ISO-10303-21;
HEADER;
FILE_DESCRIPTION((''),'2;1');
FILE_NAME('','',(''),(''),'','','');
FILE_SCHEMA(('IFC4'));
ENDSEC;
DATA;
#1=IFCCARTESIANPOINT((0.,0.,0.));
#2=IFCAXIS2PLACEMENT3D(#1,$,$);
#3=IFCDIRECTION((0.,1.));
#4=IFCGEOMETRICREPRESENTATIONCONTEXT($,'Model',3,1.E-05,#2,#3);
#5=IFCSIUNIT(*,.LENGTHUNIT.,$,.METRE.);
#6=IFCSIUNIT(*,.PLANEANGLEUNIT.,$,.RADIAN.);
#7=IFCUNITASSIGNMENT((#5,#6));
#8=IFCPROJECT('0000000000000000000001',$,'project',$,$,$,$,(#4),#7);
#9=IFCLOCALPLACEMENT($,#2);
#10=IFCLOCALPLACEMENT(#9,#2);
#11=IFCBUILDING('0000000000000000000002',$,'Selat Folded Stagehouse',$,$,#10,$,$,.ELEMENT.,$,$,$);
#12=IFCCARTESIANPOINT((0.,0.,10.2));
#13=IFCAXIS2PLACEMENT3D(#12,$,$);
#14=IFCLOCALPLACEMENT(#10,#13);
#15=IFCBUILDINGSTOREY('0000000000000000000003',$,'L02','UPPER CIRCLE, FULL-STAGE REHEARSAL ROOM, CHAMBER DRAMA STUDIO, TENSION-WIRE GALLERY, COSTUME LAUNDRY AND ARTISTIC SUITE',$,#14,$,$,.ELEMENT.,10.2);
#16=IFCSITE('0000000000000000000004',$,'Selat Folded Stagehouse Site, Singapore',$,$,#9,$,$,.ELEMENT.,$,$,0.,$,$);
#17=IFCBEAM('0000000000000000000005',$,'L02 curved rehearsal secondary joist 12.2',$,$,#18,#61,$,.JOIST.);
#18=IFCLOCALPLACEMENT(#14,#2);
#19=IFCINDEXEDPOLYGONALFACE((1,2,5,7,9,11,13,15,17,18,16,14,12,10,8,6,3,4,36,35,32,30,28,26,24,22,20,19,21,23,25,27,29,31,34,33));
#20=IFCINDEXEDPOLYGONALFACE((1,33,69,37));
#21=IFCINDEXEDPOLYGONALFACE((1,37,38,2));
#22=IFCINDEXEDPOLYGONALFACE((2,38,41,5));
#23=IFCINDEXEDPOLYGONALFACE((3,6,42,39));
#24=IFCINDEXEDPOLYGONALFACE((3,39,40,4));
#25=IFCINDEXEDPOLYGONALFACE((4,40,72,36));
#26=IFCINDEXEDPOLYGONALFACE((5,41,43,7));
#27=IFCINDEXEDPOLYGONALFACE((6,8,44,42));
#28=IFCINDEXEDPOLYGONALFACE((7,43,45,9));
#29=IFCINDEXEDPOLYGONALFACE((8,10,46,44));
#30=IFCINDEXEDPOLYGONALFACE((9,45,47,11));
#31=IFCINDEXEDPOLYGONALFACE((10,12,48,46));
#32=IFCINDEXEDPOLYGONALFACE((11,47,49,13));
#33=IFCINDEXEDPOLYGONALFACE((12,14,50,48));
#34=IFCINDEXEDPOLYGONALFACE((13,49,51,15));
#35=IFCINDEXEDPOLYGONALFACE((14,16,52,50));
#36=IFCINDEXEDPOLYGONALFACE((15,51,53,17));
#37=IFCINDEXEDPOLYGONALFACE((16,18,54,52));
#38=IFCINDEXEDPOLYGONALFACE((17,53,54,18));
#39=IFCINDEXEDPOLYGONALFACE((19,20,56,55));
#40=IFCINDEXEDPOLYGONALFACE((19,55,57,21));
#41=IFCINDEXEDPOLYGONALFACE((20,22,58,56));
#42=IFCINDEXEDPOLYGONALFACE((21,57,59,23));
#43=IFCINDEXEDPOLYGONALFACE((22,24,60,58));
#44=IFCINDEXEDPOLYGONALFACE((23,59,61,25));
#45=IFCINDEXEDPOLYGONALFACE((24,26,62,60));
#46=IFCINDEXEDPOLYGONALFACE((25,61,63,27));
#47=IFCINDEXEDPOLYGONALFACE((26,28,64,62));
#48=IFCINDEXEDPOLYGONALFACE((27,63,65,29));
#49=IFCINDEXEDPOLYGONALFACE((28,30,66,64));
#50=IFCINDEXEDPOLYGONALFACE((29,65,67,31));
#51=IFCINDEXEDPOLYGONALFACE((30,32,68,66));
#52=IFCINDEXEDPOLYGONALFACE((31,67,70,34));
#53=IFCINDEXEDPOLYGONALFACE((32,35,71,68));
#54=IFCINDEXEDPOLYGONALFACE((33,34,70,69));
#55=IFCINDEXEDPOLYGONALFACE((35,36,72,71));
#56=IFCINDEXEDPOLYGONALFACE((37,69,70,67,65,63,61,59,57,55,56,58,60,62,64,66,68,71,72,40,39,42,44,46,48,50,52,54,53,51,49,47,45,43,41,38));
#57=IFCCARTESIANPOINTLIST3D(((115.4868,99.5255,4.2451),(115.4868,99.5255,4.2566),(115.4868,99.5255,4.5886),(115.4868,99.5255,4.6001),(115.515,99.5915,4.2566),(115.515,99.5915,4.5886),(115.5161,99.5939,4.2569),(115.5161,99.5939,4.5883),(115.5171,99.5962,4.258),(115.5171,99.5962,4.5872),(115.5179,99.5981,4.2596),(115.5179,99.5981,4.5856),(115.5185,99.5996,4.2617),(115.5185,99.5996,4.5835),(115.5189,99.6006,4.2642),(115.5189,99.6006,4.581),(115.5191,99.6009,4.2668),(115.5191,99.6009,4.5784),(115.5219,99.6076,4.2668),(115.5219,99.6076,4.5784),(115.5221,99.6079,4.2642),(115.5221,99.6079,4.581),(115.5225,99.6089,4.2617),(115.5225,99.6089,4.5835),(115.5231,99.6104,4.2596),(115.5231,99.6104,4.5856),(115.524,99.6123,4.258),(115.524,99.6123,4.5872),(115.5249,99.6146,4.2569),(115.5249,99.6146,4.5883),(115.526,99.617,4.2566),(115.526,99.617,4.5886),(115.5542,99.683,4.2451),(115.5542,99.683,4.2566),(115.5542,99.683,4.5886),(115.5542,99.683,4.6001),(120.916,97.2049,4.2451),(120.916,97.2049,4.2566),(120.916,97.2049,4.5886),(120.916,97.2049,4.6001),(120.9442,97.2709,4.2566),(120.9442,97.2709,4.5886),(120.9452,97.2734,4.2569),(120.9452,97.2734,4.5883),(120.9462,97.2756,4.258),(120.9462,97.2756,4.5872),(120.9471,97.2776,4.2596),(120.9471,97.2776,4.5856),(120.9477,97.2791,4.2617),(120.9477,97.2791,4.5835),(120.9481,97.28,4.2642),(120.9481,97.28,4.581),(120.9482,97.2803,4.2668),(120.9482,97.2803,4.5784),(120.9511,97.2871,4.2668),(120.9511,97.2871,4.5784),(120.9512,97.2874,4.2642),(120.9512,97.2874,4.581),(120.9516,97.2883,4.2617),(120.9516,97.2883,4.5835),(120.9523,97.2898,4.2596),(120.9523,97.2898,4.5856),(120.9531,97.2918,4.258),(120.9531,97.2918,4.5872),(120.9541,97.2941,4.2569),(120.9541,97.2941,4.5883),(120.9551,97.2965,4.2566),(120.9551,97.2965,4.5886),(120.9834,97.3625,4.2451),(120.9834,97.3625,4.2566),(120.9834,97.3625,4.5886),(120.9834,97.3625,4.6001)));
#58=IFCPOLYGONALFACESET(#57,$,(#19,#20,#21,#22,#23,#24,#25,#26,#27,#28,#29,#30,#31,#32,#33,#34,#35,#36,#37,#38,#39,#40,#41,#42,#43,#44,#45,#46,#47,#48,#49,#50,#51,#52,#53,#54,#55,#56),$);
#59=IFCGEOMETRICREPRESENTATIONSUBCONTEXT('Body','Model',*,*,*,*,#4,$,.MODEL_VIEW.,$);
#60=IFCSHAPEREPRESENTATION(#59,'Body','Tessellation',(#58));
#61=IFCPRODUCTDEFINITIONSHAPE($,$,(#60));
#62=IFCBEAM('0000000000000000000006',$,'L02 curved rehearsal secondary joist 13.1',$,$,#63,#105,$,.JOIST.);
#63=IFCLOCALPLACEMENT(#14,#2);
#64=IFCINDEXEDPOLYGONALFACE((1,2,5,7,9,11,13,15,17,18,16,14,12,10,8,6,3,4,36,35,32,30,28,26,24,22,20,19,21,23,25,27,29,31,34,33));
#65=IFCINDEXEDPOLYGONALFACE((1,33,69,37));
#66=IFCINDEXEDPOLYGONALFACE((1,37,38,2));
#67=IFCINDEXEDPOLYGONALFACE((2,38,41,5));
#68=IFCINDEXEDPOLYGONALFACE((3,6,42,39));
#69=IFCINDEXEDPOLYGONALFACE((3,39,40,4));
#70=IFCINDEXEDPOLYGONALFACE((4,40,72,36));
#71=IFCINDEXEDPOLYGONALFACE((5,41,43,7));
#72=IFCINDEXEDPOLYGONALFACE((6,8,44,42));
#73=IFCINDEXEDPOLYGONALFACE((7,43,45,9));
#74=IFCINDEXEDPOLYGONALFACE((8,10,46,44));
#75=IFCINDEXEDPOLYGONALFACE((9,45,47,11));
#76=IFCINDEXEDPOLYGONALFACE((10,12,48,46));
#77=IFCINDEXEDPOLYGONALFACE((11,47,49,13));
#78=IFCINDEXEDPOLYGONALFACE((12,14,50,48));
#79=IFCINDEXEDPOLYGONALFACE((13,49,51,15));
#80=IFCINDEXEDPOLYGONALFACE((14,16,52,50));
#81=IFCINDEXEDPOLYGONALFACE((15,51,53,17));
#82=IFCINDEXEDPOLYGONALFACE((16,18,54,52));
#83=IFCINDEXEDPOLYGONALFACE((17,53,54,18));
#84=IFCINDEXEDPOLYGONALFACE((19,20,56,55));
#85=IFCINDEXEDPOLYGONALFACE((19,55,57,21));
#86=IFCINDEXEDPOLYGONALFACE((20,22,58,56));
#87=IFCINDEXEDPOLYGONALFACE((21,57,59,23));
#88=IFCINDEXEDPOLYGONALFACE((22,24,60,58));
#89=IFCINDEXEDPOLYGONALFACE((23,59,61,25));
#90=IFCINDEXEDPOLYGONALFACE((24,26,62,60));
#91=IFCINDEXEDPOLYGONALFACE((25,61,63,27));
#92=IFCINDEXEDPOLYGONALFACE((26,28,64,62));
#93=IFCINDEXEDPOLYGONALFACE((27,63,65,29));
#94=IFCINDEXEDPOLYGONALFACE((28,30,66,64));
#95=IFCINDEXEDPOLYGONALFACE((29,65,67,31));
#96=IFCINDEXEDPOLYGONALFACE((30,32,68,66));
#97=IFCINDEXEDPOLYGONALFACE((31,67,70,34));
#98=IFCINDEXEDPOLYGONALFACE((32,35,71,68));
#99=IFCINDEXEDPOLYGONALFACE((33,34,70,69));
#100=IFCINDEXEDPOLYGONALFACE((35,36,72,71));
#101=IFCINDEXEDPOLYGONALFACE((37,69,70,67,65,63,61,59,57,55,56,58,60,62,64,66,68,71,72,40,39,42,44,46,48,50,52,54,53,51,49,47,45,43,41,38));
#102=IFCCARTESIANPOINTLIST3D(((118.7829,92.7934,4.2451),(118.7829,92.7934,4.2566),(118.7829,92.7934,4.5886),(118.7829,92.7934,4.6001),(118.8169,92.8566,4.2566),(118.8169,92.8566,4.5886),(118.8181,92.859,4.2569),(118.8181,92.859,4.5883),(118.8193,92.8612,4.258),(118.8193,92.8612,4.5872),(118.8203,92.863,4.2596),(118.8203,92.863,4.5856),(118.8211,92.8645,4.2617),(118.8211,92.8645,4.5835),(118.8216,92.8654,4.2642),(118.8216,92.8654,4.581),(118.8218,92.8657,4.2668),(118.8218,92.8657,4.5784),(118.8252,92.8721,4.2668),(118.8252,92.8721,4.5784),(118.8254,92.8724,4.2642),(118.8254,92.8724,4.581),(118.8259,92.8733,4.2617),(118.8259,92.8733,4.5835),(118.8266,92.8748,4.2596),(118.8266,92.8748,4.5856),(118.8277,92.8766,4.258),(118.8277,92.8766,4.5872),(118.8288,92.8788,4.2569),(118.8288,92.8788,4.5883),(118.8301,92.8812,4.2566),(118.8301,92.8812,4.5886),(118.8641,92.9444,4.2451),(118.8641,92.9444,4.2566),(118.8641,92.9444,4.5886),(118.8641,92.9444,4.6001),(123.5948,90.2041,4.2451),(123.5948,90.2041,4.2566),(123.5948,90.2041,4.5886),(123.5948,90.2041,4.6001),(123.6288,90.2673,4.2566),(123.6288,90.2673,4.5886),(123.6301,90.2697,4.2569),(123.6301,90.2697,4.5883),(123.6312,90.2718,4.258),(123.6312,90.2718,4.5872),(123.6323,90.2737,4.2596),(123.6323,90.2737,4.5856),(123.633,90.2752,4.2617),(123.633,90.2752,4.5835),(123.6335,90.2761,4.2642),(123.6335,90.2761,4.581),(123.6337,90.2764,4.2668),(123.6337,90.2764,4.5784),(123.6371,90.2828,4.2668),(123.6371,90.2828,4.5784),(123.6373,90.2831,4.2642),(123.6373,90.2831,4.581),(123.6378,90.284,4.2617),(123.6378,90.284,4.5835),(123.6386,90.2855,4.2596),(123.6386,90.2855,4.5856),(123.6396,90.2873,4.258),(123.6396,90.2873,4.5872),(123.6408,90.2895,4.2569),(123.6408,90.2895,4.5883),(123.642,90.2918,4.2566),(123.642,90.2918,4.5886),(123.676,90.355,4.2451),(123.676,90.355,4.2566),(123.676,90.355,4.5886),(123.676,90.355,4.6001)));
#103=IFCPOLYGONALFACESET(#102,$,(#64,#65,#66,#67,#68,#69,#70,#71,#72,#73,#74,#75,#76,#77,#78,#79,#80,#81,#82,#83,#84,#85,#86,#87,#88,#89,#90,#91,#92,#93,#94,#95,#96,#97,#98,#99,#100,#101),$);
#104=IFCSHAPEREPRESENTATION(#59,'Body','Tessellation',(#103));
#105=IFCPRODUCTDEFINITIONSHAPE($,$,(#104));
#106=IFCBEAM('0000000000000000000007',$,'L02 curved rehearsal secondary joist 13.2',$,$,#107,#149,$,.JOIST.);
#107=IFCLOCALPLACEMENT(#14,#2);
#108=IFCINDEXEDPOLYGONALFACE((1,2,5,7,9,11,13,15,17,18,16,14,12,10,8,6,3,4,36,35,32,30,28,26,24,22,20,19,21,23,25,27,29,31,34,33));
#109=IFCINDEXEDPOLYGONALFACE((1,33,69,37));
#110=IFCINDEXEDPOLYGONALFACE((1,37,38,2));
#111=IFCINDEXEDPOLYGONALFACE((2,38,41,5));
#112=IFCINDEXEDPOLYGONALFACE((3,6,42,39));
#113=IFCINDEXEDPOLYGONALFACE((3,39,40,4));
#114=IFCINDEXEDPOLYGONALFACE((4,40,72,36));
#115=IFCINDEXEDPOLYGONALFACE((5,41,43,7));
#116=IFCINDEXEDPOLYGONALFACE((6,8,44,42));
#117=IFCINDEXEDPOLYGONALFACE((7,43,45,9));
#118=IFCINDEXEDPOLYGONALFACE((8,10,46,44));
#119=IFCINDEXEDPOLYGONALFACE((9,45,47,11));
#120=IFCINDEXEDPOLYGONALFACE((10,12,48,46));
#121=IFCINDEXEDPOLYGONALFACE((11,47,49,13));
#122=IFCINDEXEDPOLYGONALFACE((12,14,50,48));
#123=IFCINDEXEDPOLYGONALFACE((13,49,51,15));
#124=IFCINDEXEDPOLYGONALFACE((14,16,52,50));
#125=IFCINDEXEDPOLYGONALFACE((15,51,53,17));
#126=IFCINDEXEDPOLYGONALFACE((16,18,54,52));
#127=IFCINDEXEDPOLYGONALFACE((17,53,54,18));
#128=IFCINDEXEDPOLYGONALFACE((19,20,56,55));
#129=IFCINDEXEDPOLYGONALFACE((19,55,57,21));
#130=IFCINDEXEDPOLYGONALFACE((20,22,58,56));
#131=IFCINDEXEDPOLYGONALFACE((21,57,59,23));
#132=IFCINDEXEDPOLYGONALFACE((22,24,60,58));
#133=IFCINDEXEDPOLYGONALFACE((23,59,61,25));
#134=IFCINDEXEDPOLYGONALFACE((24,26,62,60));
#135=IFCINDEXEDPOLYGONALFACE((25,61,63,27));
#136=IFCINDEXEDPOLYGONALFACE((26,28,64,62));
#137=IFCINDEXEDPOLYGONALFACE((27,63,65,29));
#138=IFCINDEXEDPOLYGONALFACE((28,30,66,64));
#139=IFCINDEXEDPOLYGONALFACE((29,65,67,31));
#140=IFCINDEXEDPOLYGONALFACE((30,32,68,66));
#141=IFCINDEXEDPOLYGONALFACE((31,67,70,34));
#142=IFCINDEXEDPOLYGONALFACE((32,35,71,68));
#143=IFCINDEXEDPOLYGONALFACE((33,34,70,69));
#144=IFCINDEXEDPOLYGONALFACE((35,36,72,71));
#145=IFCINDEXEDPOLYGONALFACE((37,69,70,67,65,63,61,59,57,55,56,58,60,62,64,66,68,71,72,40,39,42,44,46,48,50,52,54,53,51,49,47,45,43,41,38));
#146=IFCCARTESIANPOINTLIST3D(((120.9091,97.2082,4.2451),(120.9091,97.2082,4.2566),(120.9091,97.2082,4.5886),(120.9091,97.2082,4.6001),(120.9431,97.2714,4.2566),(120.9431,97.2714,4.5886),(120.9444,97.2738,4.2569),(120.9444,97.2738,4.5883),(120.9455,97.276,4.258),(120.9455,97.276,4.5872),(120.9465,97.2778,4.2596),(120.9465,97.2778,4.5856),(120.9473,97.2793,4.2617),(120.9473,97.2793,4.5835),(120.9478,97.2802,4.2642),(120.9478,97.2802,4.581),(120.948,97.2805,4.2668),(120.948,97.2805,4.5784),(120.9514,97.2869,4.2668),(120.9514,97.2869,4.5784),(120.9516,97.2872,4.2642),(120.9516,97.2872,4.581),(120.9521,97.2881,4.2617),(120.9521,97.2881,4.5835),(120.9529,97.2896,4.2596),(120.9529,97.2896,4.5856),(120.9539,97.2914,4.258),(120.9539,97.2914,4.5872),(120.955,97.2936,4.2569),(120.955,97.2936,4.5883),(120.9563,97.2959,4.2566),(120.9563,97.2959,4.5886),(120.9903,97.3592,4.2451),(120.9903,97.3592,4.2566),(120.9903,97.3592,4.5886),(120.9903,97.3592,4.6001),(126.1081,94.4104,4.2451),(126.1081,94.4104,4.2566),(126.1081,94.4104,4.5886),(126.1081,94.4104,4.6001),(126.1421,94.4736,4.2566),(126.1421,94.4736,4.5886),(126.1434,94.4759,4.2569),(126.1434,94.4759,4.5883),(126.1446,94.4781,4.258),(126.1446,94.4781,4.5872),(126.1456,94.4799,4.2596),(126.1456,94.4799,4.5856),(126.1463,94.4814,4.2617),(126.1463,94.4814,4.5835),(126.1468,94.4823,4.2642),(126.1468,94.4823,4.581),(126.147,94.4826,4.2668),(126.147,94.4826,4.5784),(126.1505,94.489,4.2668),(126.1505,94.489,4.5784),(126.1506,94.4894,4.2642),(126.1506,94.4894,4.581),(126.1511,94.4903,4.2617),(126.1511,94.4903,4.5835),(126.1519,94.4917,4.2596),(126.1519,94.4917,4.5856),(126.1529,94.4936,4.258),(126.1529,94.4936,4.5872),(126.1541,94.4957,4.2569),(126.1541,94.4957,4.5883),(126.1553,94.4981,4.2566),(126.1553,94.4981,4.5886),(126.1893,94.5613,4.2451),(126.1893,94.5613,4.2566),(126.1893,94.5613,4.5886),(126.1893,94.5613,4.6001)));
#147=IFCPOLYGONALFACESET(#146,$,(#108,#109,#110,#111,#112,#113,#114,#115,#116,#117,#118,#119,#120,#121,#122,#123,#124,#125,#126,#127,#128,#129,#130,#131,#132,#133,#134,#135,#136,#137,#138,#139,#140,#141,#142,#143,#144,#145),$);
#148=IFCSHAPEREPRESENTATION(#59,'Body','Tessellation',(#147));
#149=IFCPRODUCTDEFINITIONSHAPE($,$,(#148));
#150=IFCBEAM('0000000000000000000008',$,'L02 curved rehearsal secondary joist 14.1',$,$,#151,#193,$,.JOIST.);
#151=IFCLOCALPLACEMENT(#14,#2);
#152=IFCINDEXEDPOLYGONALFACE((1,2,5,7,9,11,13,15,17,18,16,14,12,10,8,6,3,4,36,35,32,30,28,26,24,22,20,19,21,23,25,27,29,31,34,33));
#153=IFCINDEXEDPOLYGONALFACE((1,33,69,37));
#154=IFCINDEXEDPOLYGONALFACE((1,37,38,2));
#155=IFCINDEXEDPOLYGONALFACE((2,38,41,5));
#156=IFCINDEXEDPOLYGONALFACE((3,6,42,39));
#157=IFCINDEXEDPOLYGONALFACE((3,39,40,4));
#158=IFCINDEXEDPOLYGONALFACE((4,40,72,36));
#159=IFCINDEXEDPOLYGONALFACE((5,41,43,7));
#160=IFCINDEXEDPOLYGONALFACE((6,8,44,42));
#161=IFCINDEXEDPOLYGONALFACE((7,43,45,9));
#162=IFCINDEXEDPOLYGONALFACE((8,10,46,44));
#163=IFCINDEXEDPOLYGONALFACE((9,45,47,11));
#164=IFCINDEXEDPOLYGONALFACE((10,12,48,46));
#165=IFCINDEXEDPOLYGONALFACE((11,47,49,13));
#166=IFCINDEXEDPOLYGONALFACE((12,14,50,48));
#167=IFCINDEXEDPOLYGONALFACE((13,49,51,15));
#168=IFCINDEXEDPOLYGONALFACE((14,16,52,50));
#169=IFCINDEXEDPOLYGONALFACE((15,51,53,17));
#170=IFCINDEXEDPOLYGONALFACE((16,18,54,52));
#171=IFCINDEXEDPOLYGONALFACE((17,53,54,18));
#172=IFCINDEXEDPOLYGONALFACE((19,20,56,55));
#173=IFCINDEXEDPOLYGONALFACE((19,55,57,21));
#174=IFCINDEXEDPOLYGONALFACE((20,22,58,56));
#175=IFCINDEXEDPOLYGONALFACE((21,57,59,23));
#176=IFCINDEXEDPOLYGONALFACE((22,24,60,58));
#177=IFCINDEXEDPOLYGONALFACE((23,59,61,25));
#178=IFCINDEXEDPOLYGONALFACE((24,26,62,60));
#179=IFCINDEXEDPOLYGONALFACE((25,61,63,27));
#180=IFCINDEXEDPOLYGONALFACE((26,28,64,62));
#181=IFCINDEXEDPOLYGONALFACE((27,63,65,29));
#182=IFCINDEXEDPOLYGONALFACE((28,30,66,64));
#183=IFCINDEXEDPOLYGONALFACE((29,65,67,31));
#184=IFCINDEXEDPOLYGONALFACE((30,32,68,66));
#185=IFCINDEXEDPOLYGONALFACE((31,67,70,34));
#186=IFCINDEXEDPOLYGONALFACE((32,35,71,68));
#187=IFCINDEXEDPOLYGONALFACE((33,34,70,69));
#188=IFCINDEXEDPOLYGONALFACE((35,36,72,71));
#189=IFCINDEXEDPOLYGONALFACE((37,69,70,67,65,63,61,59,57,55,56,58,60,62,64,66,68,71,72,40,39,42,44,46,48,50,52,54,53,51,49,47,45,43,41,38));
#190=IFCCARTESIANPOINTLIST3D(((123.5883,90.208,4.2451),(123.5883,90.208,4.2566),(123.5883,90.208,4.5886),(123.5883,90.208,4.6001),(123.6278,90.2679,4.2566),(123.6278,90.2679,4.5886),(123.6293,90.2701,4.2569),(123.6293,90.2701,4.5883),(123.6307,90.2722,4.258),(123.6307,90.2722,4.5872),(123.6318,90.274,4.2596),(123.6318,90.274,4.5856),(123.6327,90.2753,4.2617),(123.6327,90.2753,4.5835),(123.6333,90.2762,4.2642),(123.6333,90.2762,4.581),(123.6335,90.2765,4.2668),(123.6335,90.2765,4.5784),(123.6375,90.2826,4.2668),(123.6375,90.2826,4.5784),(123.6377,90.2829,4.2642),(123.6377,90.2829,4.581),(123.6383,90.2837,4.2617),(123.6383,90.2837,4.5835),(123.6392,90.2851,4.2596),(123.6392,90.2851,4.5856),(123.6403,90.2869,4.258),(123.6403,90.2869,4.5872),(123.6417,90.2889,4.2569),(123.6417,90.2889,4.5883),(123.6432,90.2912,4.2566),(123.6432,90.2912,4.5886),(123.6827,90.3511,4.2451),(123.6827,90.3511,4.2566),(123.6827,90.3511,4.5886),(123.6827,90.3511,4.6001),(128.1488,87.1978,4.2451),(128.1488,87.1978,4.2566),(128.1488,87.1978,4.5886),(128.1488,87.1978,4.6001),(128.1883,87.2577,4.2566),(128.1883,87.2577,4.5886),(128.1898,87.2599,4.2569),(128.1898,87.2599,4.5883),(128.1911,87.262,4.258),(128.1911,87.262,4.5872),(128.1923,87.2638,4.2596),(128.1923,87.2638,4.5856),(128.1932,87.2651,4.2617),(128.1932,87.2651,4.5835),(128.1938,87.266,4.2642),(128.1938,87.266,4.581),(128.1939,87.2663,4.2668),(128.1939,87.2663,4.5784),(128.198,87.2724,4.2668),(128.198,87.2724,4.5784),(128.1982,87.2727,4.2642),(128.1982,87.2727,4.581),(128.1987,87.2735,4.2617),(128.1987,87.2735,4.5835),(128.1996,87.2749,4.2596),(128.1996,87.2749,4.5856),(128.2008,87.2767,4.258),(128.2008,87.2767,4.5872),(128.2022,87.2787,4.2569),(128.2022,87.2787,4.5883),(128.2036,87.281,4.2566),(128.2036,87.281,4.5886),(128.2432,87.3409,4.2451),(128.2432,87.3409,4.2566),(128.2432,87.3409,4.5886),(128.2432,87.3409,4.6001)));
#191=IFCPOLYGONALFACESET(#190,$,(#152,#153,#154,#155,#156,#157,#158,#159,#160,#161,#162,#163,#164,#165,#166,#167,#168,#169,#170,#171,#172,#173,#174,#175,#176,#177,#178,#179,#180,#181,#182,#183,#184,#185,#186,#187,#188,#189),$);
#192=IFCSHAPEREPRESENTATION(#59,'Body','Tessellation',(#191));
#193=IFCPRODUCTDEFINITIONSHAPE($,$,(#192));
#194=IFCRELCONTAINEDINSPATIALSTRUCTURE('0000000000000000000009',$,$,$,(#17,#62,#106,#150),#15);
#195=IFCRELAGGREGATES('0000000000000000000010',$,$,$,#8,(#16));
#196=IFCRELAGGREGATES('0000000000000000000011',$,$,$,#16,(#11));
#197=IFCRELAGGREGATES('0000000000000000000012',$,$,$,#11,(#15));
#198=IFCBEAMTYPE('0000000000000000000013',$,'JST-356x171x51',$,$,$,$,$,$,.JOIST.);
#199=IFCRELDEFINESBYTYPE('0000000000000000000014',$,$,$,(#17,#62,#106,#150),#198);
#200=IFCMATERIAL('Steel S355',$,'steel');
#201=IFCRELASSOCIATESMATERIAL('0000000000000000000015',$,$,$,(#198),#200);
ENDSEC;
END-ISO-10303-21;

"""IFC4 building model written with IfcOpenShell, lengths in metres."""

from ifc_helpers import new_model, si_unit, direction, frame, origin, origin_2d, place, context, subcontext, project, spatial, i_section, extrude, material, material_profile, profile_set, type_object, element, save


model = new_model("IFC4")

# Units and contexts
model_context = context("Model", 3, precision=1e-05, world=origin(), true_north=direction((0.0, 1.0)))
body_context = subcontext(model_context, "Body", "Model", "MODEL_VIEW")
ifc_project = project(units=[si_unit("LENGTHUNIT", "METRE"), si_unit("PLANEANGLEUNIT", "RADIAN")], contexts=[model_context])

# Site, building, storey
site_placement = place(None, origin())
site = spatial("IfcSite", under=ifc_project, at=site_placement, Name="Selat Folded Stagehouse Site, Singapore", CompositionType="ELEMENT", RefElevation=0.0)
building_placement = place(site_placement, origin())
building = spatial("IfcBuilding", under=site, at=building_placement, Name="Selat Folded Stagehouse", CompositionType="ELEMENT")
storey_placement = place(building_placement, frame((0.0, 0.0, 10.2)))
storey = spatial("IfcBuildingStorey", under=building, at=storey_placement, Name="L02", Description="UPPER CIRCLE, FULL-STAGE REHEARSAL ROOM, CHAMBER DRAMA STUDIO, TENSION-WIRE GALLERY, COSTUME LAUNDRY AND ARTISTIC SUITE", CompositionType="ELEMENT", Elevation=10.2)

# Shared definitions
ifc_material_1 = material(Name="Steel S355", Category="steel")

# Beams
ifc_material_profile_1 = material_profile(ifc_material_1, i_section(OverallWidth=0.1714, OverallDepth=0.355, WebThickness=0.0073, FlangeThickness=0.0115, FilletRadius=0.0103, at=origin_2d()), Name="UKB 356x171x51")
ifc_profile_set_1 = profile_set([ifc_material_profile_1], Name="Steel S355")
beam_type_1 = type_object("IfcBeamType", Name="JST-356x171x51", PredefinedType="JOIST", material=ifc_profile_set_1)
beam_1_placement = place(storey_placement, frame((115.5205, 99.6042, 4.4226), z_axis=(0.919527, -0.393026, 0.0), x_axis=(0.393026, 0.919527, 0.0)))
element("IfcBeam", 1, at=beam_1_placement, inside=storey, type_object=beam_type_1, Name="L02 curved rehearsal secondary joist 12.2", PredefinedType="JOIST", context=body_context, shape_type="SweptSolid", body=[
    extrude(i_section(OverallWidth=0.1714, OverallDepth=0.355, WebThickness=0.0073, FlangeThickness=0.0115, FilletRadius=0.0103, at=origin_2d()), origin(), (0.0, 0.0, 1.0), 5.9043),
])
beam_2_placement = place(storey_placement, frame((118.8235, 92.8689, 4.4226), z_axis=(0.880603, -0.473855, 0.0), x_axis=(0.473855, 0.880603, 0.0)))
element("IfcBeam", 2, at=beam_2_placement, inside=storey, type_object=beam_type_1, Name="L02 curved rehearsal secondary joist 13.1", PredefinedType="JOIST", context=body_context, shape_type="SweptSolid", body=[
    extrude(i_section(OverallWidth=0.1714, OverallDepth=0.355, WebThickness=0.0073, FlangeThickness=0.0115, FilletRadius=0.0103, at=origin_2d()), origin(), (0.0, 0.0, 1.0), 5.4644),
])
beam_3_placement = place(storey_placement, frame((120.9497, 97.2837, 4.4226), z_axis=(0.880584, -0.47389, 0.0), x_axis=(0.47389, 0.880584, 0.0)))
element("IfcBeam", 3, at=beam_3_placement, inside=storey, type_object=beam_type_1, Name="L02 curved rehearsal secondary joist 13.2", PredefinedType="JOIST", context=body_context, shape_type="SweptSolid", body=[
    extrude(i_section(OverallWidth=0.1714, OverallDepth=0.355, WebThickness=0.0073, FlangeThickness=0.0115, FilletRadius=0.0103, at=origin_2d()), origin(), (0.0, 0.0, 1.0), 5.9041),
])
beam_4_placement = place(storey_placement, frame((123.6355, 90.2795, 4.4226), z_axis=(0.834585, -0.55088, 0.0), x_axis=(0.55088, 0.834585, 0.0)))
element("IfcBeam", 4, at=beam_4_placement, inside=storey, type_object=beam_type_1, Name="L02 curved rehearsal secondary joist 14.1", PredefinedType="JOIST", context=body_context, shape_type="SweptSolid", body=[
    extrude(i_section(OverallWidth=0.1714, OverallDepth=0.355, WebThickness=0.0073, FlangeThickness=0.0115, FilletRadius=0.0103, at=origin_2d()), origin(), (0.0, 0.0, 1.0), 5.4644),
])

save(model, "model.ifc")
